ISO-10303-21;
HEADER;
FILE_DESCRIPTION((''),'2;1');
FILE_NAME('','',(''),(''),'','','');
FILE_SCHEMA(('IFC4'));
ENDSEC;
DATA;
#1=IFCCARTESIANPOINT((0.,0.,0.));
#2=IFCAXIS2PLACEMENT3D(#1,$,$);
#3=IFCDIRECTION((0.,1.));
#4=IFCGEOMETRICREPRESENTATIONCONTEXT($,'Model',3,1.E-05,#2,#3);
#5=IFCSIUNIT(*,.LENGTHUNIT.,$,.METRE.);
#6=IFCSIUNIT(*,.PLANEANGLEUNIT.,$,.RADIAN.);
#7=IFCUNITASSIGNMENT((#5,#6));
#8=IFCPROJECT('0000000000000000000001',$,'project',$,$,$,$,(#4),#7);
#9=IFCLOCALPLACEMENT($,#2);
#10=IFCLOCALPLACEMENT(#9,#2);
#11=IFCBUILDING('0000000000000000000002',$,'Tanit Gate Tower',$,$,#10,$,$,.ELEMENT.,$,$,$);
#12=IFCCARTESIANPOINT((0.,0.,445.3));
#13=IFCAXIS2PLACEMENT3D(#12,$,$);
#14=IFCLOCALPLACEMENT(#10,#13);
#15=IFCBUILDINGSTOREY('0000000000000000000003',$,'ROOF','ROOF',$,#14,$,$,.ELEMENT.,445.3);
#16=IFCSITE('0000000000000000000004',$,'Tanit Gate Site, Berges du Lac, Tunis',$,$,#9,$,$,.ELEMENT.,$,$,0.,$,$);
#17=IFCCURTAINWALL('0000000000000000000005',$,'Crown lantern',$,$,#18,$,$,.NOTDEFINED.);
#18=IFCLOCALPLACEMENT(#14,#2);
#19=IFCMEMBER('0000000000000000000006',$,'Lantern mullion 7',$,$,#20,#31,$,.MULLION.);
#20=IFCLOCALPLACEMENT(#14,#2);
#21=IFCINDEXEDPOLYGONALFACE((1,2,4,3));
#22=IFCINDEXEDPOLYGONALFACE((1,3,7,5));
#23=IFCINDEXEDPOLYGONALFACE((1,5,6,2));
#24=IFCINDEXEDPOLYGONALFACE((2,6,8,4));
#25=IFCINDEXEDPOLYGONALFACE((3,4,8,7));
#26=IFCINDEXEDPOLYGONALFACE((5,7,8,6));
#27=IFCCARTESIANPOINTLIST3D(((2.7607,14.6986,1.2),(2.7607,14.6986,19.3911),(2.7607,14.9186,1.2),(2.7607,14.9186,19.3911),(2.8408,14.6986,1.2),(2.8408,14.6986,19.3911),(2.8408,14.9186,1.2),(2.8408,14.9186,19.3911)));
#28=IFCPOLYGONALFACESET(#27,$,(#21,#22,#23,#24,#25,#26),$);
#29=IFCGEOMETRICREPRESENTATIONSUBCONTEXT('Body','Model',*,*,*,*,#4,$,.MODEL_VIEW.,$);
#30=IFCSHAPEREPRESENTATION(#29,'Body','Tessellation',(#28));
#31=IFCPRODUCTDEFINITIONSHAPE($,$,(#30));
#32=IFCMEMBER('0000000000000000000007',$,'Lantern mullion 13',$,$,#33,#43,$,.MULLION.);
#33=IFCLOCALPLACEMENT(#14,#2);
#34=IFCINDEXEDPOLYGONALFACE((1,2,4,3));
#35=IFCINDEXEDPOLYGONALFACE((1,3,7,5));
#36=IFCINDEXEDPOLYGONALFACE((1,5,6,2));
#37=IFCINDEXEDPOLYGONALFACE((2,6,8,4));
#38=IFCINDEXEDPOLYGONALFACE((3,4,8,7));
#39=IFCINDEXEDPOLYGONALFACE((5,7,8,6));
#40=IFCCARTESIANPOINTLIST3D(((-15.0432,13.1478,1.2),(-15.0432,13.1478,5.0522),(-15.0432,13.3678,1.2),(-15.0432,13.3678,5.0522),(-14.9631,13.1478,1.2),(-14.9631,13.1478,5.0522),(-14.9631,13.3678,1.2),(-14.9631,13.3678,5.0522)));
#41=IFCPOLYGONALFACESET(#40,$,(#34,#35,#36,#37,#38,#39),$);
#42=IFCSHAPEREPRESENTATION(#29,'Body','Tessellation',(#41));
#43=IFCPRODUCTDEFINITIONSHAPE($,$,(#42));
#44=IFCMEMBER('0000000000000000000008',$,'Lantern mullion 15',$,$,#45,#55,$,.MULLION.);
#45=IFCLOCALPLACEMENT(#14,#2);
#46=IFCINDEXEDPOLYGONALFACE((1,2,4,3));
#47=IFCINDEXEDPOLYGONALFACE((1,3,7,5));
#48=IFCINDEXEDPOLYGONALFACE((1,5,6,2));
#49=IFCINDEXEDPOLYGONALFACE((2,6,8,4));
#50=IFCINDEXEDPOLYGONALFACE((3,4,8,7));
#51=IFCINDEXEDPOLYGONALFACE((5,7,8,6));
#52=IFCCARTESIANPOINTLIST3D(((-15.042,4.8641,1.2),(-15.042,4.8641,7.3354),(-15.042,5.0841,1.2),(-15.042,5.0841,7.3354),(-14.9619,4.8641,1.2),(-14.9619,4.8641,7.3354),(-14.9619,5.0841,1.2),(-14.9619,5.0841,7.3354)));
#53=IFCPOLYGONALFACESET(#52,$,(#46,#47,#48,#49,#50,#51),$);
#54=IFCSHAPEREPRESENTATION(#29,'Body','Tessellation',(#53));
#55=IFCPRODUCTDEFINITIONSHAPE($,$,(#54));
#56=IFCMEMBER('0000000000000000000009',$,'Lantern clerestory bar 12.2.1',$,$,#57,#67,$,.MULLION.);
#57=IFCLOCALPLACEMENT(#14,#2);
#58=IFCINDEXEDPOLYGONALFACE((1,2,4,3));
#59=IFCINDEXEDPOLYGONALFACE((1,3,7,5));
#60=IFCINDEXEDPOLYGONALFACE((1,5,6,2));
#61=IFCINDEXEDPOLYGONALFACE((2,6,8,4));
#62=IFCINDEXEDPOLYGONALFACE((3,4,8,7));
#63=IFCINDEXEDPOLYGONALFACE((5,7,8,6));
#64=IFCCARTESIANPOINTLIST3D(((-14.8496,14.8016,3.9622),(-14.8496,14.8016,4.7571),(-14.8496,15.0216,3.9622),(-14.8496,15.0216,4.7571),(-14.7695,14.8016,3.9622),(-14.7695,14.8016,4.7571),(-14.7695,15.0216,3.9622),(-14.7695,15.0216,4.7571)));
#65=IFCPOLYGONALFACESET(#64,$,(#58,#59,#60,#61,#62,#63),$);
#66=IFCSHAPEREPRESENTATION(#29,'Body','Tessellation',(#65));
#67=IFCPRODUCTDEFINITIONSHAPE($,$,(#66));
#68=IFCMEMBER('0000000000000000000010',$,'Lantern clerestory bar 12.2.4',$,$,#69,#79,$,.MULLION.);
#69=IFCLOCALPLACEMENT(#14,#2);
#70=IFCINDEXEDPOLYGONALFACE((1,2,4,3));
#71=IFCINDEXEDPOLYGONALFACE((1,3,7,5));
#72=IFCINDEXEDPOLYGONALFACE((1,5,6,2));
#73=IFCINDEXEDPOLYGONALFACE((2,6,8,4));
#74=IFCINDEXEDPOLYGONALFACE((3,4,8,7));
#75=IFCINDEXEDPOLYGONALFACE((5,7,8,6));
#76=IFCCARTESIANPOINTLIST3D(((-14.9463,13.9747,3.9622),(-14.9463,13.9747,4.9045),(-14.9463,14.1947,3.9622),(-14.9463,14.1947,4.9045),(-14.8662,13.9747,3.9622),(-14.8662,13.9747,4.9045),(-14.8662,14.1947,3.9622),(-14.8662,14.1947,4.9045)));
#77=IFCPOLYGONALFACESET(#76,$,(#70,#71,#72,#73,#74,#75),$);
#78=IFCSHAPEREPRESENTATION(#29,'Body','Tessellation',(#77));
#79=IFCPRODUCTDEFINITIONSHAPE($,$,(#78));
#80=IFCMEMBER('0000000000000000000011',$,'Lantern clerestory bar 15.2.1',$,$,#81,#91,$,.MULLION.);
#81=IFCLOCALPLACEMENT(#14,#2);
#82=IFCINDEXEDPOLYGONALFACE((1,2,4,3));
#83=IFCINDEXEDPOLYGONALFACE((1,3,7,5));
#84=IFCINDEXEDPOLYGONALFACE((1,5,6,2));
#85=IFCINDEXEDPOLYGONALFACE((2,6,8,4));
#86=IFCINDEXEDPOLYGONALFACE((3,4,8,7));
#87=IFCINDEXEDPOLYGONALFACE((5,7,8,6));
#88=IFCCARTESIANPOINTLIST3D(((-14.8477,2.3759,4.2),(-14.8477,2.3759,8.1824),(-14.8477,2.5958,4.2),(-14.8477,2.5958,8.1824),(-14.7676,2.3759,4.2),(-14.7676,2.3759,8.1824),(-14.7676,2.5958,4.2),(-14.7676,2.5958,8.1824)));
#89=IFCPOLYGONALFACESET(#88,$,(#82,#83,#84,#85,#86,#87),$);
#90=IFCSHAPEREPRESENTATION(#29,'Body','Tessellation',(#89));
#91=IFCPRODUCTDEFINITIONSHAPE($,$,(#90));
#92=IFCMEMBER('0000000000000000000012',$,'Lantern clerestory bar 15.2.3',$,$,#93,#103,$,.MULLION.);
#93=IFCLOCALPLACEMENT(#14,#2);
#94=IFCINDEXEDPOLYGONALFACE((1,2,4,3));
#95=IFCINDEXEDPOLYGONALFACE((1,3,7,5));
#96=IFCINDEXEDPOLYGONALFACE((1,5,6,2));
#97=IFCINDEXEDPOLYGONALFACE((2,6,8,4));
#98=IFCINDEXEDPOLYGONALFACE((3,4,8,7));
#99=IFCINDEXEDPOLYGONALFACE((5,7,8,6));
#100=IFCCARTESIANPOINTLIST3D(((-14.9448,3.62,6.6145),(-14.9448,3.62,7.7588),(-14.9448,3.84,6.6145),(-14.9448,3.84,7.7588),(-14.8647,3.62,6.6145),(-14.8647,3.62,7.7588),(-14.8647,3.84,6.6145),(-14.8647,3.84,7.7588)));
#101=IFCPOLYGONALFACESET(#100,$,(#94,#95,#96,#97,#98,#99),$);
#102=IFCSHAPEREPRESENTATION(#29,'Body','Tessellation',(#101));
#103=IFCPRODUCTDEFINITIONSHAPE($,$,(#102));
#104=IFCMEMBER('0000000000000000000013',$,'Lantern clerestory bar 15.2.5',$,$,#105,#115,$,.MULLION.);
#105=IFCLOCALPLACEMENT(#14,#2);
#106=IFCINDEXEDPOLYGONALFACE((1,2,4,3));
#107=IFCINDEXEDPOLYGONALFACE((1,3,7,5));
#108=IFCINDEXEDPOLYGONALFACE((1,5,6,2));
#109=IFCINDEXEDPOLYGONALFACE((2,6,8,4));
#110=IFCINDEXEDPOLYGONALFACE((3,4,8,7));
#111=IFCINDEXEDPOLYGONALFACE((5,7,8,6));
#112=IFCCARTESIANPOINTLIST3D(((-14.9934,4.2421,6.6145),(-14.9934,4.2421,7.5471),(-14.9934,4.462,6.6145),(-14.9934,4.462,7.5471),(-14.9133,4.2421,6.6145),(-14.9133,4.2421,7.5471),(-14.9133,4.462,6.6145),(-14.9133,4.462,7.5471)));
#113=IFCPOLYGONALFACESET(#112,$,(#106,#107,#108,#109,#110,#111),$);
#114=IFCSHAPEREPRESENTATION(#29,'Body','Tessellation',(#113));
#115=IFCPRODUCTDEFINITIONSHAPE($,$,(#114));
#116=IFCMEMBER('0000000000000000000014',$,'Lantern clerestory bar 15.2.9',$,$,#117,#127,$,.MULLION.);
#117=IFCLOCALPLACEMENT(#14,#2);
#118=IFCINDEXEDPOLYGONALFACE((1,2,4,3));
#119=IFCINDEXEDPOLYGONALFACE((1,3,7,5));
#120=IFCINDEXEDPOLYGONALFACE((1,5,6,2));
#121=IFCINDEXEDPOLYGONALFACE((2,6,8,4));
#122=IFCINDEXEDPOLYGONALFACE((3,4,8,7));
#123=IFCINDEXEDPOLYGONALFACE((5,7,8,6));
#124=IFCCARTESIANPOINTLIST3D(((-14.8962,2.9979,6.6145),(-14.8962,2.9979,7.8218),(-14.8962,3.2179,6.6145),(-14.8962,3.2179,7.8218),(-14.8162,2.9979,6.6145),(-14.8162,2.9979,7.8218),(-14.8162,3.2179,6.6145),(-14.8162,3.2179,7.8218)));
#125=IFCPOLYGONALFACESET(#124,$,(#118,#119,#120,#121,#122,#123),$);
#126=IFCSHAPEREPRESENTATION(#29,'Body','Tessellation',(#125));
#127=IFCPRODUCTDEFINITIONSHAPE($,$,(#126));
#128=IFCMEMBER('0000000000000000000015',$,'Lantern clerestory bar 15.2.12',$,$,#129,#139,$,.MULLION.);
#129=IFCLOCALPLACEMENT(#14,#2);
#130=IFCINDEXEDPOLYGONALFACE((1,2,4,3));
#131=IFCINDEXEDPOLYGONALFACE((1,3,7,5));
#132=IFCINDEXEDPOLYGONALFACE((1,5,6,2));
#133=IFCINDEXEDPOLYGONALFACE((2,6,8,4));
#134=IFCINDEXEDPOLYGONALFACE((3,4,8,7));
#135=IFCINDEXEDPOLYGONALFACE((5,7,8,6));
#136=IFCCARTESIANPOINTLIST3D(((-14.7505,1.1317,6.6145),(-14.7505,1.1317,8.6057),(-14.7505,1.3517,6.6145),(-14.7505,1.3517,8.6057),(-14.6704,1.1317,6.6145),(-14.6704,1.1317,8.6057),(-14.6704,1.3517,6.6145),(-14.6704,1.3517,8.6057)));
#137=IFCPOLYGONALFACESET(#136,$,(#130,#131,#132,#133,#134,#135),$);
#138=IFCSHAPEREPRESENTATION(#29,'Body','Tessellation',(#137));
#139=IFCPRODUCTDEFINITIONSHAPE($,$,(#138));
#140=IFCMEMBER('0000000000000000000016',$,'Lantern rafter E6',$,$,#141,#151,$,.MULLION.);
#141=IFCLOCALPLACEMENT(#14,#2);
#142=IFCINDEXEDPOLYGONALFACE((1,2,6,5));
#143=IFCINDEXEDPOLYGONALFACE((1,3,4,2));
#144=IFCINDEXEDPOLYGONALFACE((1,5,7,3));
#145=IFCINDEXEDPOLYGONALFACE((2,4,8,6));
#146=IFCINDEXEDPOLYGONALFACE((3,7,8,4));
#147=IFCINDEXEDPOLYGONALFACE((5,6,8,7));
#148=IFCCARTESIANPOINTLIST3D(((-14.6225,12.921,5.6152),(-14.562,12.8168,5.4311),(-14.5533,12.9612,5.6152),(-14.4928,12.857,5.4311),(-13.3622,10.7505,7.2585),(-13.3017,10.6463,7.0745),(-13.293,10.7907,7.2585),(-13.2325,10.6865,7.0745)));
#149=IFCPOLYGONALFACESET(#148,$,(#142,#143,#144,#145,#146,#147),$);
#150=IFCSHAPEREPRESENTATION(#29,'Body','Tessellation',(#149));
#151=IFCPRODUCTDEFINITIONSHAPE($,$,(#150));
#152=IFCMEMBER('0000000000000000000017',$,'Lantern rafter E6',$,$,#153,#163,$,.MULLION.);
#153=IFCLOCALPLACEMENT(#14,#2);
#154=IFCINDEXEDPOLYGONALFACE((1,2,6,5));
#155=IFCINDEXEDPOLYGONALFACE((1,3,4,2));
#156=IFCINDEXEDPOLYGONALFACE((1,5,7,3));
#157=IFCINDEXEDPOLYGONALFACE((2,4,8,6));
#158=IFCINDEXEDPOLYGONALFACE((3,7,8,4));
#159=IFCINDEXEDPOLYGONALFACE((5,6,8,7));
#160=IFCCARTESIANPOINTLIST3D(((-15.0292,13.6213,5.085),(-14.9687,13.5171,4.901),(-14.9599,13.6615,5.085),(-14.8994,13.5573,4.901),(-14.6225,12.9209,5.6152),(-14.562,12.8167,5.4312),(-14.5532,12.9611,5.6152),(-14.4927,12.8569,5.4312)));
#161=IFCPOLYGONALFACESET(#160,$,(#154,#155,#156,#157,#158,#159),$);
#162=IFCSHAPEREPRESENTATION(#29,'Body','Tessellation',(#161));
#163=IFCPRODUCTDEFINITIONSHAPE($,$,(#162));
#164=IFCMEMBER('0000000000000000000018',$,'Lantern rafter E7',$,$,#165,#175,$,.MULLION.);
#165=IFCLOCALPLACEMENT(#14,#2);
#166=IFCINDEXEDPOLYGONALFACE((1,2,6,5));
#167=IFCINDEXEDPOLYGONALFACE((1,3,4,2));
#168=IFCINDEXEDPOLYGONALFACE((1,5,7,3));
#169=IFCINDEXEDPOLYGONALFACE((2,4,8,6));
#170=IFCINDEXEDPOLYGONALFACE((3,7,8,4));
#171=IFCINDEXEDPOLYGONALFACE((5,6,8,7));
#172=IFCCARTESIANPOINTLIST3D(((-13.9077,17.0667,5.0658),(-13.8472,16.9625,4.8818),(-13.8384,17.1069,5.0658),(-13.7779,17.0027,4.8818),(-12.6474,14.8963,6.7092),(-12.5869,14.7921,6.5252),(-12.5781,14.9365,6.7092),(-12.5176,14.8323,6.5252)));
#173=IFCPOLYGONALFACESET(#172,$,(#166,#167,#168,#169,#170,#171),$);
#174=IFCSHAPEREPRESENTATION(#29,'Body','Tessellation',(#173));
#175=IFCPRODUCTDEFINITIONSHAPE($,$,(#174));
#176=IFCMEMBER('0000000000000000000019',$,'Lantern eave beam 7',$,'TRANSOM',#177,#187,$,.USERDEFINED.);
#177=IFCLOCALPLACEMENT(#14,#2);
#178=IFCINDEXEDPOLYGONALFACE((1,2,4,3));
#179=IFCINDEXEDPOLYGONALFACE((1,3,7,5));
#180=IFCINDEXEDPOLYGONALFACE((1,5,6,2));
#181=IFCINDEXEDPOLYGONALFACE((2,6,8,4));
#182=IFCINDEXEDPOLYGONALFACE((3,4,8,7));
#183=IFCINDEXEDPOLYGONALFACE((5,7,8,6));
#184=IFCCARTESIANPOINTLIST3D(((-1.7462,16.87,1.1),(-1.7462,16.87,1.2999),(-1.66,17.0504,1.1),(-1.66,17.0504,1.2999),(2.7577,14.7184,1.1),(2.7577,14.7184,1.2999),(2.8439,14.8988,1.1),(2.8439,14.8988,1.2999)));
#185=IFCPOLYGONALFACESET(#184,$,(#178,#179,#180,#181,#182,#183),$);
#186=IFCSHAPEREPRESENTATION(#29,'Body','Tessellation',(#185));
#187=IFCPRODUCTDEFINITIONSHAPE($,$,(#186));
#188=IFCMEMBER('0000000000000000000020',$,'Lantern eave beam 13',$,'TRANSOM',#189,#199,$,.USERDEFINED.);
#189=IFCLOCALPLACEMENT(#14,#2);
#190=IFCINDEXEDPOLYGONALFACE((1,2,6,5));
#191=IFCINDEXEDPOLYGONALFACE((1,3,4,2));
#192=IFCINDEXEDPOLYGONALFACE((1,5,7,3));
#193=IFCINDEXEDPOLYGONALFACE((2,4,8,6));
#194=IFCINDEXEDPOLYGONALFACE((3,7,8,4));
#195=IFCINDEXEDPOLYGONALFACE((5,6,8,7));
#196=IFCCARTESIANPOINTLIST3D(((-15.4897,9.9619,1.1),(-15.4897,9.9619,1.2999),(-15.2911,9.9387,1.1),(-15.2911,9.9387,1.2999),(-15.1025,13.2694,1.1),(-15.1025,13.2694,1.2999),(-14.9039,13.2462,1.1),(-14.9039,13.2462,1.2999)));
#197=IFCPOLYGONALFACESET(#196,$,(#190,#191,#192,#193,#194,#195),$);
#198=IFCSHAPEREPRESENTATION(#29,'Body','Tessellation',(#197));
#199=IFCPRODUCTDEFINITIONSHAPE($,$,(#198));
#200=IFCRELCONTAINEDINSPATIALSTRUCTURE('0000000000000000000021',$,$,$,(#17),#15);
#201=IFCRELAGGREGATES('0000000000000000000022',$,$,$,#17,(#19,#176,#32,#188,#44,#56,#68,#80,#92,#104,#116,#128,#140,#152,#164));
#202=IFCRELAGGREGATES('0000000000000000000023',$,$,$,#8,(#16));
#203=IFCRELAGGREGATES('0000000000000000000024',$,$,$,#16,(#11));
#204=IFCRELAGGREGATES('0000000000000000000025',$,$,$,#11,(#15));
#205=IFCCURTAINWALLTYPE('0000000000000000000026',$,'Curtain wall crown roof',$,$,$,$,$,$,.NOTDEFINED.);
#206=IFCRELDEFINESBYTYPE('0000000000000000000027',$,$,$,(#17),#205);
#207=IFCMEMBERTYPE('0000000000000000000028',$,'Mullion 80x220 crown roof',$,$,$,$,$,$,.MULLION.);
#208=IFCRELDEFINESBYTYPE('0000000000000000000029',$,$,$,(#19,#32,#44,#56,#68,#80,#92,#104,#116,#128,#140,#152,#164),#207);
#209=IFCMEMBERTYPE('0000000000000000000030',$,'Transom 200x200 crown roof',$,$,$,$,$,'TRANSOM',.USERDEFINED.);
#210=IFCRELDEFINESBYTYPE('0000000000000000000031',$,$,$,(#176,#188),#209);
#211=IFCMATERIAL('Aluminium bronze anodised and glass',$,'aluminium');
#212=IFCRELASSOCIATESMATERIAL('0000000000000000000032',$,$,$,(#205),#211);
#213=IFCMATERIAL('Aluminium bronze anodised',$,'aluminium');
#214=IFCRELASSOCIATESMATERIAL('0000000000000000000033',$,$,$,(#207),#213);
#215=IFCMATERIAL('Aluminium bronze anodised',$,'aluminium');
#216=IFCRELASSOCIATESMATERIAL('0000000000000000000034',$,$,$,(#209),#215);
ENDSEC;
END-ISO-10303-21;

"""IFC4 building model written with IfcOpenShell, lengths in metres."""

from ifc_helpers import new_model, si_unit, direction, frame, origin, origin_2d, place, context, subcontext, project, spatial, rectangle, extrude, material, material_profile, profile_set, type_object, element, aggregate, save


model = new_model("IFC4")

# Units and contexts
model_context = context("Model", 3, precision=1e-05, world=origin(), true_north=direction((0.0, 1.0)))
body_context = subcontext(model_context, "Body", "Model", "MODEL_VIEW")
ifc_project = project(units=[si_unit("LENGTHUNIT", "METRE"), si_unit("PLANEANGLEUNIT", "RADIAN")], contexts=[model_context])

# Site, building, storey
site_placement = place(None, origin())
site = spatial("IfcSite", under=ifc_project, at=site_placement, Name="Tanit Gate Site, Berges du Lac, Tunis", CompositionType="ELEMENT", RefElevation=0.0)
building_placement = place(site_placement, origin())
building = spatial("IfcBuilding", under=site, at=building_placement, Name="Tanit Gate Tower", CompositionType="ELEMENT")
storey_placement = place(building_placement, frame((0.0, 0.0, 445.3)))
storey = spatial("IfcBuildingStorey", under=building, at=storey_placement, Name="ROOF", Description="ROOF", CompositionType="ELEMENT", Elevation=445.3)

# Curtain wall, members
ifc_material_1 = material(Name="Aluminium bronze anodised and glass", Category="aluminium")
curtain_wall_type = type_object("IfcCurtainWallType", Name="Curtain wall crown roof", PredefinedType="NOTDEFINED", material=ifc_material_1)
curtain_wall_placement = place(storey_placement, origin())
curtain_wall = element("IfcCurtainWall", 1, at=curtain_wall_placement, inside=storey, type_object=curtain_wall_type, Name="Crown lantern", PredefinedType="NOTDEFINED")
ifc_material_2 = material(Name="Aluminium bronze anodised", Category="aluminium")
ifc_material_profile_1 = material_profile(ifc_material_2, rectangle(XDim=0.0801, YDim=0.22, at=origin_2d()), Name="80x220 bronze rafter")
ifc_profile_set_1 = profile_set([ifc_material_profile_1], Name="Aluminium bronze anodised")
member_type_1 = type_object("IfcMemberType", Name="Mullion 80x220 crown roof", PredefinedType="MULLION", material=ifc_profile_set_1)
member_1_placement = place(storey_placement, frame((2.8008, 14.8086, 1.2), z_axis=(0.0, 0.0, 1.0), x_axis=(1.0, 0.0, 0.0)))
member_1 = element("IfcMember", 2, at=member_1_placement, type_object=member_type_1, Name="Lantern mullion 7", PredefinedType="MULLION", context=body_context, shape_type="SweptSolid", body=[
    extrude(rectangle(XDim=0.0801, YDim=0.22, at=origin_2d()), origin(), (0.0, 0.0, 1.0), 18.1912),
])
member_2_placement = place(storey_placement, frame((-15.0032, 13.2578, 1.2), z_axis=(0.0, 0.0, 1.0), x_axis=(1.0, 0.0, 0.0)))
member_2 = element("IfcMember", 3, at=member_2_placement, type_object=member_type_1, Name="Lantern mullion 13", PredefinedType="MULLION", context=body_context, shape_type="SweptSolid", body=[
    extrude(rectangle(XDim=0.0801, YDim=0.22, at=origin_2d()), origin(), (0.0, 0.0, 1.0), 3.8523),
])
member_3_placement = place(storey_placement, frame((-15.002, 4.9741, 1.2), z_axis=(0.0, 0.0, 1.0), x_axis=(1.0, 0.0, 0.0)))
member_3 = element("IfcMember", 4, at=member_3_placement, type_object=member_type_1, Name="Lantern mullion 15", PredefinedType="MULLION", context=body_context, shape_type="SweptSolid", body=[
    extrude(rectangle(XDim=0.0801, YDim=0.22, at=origin_2d()), origin(), (0.0, 0.0, 1.0), 6.1355),
])
member_4_placement = place(storey_placement, frame((-14.8096, 14.9116, 3.9622), z_axis=(0.0, 0.0, 1.0), x_axis=(1.0, 0.0, 0.0)))
member_4 = element("IfcMember", 5, at=member_4_placement, type_object=member_type_1, Name="Lantern clerestory bar 12.2.1", PredefinedType="MULLION", context=body_context, shape_type="SweptSolid", body=[
    extrude(rectangle(XDim=0.0801, YDim=0.22, at=origin_2d()), origin(), (0.0, 0.0, 1.0), 0.7949),
])
member_5_placement = place(storey_placement, frame((-14.9062, 14.0847, 3.9622), z_axis=(0.0, 0.0, 1.0), x_axis=(1.0, 0.0, 0.0)))
member_5 = element("IfcMember", 6, at=member_5_placement, type_object=member_type_1, Name="Lantern clerestory bar 12.2.4", PredefinedType="MULLION", context=body_context, shape_type="SweptSolid", body=[
    extrude(rectangle(XDim=0.0801, YDim=0.22, at=origin_2d()), origin(), (0.0, 0.0, 1.0), 0.9424),
])
member_6_placement = place(storey_placement, frame((-14.8076, 2.4858, 4.2), z_axis=(0.0, 0.0, 1.0), x_axis=(1.0, 0.0, 0.0)))
member_6 = element("IfcMember", 7, at=member_6_placement, type_object=member_type_1, Name="Lantern clerestory bar 15.2.1", PredefinedType="MULLION", context=body_context, shape_type="SweptSolid", body=[
    extrude(rectangle(XDim=0.0801, YDim=0.22, at=origin_2d()), origin(), (0.0, 0.0, 1.0), 3.9824),
])
member_7_placement = place(storey_placement, frame((-14.9048, 3.73, 6.6145), z_axis=(0.0, 0.0, 1.0), x_axis=(1.0, 0.0, 0.0)))
member_7 = element("IfcMember", 8, at=member_7_placement, type_object=member_type_1, Name="Lantern clerestory bar 15.2.3", PredefinedType="MULLION", context=body_context, shape_type="SweptSolid", body=[
    extrude(rectangle(XDim=0.0801, YDim=0.22, at=origin_2d()), origin(), (0.0, 0.0, 1.0), 1.1443),
])
member_8_placement = place(storey_placement, frame((-14.9534, 4.3521, 6.6145), z_axis=(0.0, 0.0, 1.0), x_axis=(1.0, 0.0, 0.0)))
member_8 = element("IfcMember", 9, at=member_8_placement, type_object=member_type_1, Name="Lantern clerestory bar 15.2.5", PredefinedType="MULLION", context=body_context, shape_type="SweptSolid", body=[
    extrude(rectangle(XDim=0.0801, YDim=0.22, at=origin_2d()), origin(), (0.0, 0.0, 1.0), 0.9326),
])
member_9_placement = place(storey_placement, frame((-14.8562, 3.1079, 6.6145), z_axis=(0.0, 0.0, 1.0), x_axis=(1.0, 0.0, 0.0)))
member_9 = element("IfcMember", 10, at=member_9_placement, type_object=member_type_1, Name="Lantern clerestory bar 15.2.9", PredefinedType="MULLION", context=body_context, shape_type="SweptSolid", body=[
    extrude(rectangle(XDim=0.0801, YDim=0.22, at=origin_2d()), origin(), (0.0, 0.0, 1.0), 1.2073),
])
member_10_placement = place(storey_placement, frame((-14.7104, 1.2417, 6.6145), z_axis=(0.0, 0.0, 1.0), x_axis=(1.0, 0.0, 0.0)))
member_10 = element("IfcMember", 11, at=member_10_placement, type_object=member_type_1, Name="Lantern clerestory bar 15.2.12", PredefinedType="MULLION", context=body_context, shape_type="SweptSolid", body=[
    extrude(rectangle(XDim=0.0801, YDim=0.22, at=origin_2d()), origin(), (0.0, 0.0, 1.0), 1.9912),
])
member_11_placement = place(storey_placement, frame((-13.2974, 10.7185, 7.1665), z_axis=(-0.420099, 0.723495, -0.547789), x_axis=(-0.864786, -0.50214, 0.0)))
member_11 = element("IfcMember", 12, at=member_11_placement, type_object=member_type_1, Name="Lantern rafter E6", PredefinedType="MULLION", context=body_context, shape_type="SweptSolid", body=[
    extrude(rectangle(XDim=0.0801, YDim=0.22, at=origin_2d()), origin(), (0.0, 0.0, 1.0), 3.0),
])
member_12_placement = place(storey_placement, frame((-14.5576, 12.8889, 5.5232), z_axis=(-0.420135, 0.723511, -0.54774), x_axis=(-0.864772, -0.502165, 0.0)))
member_12 = element("IfcMember", 13, at=member_12_placement, type_object=member_type_1, Name="Lantern rafter E6", PredefinedType="MULLION", context=body_context, shape_type="SweptSolid", body=[
    extrude(rectangle(XDim=0.0801, YDim=0.22, at=origin_2d()), origin(), (0.0, 0.0, 1.0), 0.968),
])
member_13_placement = place(storey_placement, frame((-12.5825, 14.8643, 6.6172), z_axis=(-0.420099, 0.723495, -0.547789), x_axis=(-0.864786, -0.50214, 0.0)))
member_13 = element("IfcMember", 14, at=member_13_placement, type_object=member_type_1, Name="Lantern rafter E7", PredefinedType="MULLION", context=body_context, shape_type="SweptSolid", body=[
    extrude(rectangle(XDim=0.0801, YDim=0.22, at=origin_2d()), origin(), (0.0, 0.0, 1.0), 3.0),
])
ifc_material_3 = material(Name="Aluminium bronze anodised", Category="aluminium")
ifc_material_profile_2 = material_profile(ifc_material_3, rectangle(XDim=0.2, YDim=0.2, at=origin_2d()), Name="200x200 bronze transom")
ifc_profile_set_2 = profile_set([ifc_material_profile_2], Name="Aluminium bronze anodised")
member_type_2 = type_object("IfcMemberType", Name="Transom 200x200 crown roof", ElementType="TRANSOM", PredefinedType="USERDEFINED", material=ifc_profile_set_2)
member_14_placement = place(storey_placement, frame((2.8008, 14.8086, 1.2), z_axis=(-0.902324, 0.431059, 0.0), x_axis=(-0.431059, -0.902324, 0.0)))
member_14 = element("IfcMember", 15, at=member_14_placement, type_object=member_type_2, Name="Lantern eave beam 7", ObjectType="TRANSOM", PredefinedType="USERDEFINED", context=body_context, shape_type="SweptSolid", body=[
    extrude(rectangle(XDim=0.2, YDim=0.2, at=origin_2d()), origin(), (0.0, 0.0, 1.0), 4.9915),
])
member_15_placement = place(storey_placement, frame((-15.0032, 13.2578, 1.2), z_axis=(-0.11628, -0.993217, 0.0), x_axis=(0.993217, -0.11628, 0.0)))
member_15 = element("IfcMember", 16, at=member_15_placement, type_object=member_type_2, Name="Lantern eave beam 13", ObjectType="TRANSOM", PredefinedType="USERDEFINED", context=body_context, shape_type="SweptSolid", body=[
    extrude(rectangle(XDim=0.2, YDim=0.2, at=origin_2d()), origin(), (0.0, 0.0, 1.0), 3.3301),
])
aggregate(curtain_wall, [member_1, member_14, member_2, member_15, member_3, member_4, member_5, member_6, member_7, member_8, member_9, member_10, member_11, member_12, member_13])

save(model, "model.ifc")
